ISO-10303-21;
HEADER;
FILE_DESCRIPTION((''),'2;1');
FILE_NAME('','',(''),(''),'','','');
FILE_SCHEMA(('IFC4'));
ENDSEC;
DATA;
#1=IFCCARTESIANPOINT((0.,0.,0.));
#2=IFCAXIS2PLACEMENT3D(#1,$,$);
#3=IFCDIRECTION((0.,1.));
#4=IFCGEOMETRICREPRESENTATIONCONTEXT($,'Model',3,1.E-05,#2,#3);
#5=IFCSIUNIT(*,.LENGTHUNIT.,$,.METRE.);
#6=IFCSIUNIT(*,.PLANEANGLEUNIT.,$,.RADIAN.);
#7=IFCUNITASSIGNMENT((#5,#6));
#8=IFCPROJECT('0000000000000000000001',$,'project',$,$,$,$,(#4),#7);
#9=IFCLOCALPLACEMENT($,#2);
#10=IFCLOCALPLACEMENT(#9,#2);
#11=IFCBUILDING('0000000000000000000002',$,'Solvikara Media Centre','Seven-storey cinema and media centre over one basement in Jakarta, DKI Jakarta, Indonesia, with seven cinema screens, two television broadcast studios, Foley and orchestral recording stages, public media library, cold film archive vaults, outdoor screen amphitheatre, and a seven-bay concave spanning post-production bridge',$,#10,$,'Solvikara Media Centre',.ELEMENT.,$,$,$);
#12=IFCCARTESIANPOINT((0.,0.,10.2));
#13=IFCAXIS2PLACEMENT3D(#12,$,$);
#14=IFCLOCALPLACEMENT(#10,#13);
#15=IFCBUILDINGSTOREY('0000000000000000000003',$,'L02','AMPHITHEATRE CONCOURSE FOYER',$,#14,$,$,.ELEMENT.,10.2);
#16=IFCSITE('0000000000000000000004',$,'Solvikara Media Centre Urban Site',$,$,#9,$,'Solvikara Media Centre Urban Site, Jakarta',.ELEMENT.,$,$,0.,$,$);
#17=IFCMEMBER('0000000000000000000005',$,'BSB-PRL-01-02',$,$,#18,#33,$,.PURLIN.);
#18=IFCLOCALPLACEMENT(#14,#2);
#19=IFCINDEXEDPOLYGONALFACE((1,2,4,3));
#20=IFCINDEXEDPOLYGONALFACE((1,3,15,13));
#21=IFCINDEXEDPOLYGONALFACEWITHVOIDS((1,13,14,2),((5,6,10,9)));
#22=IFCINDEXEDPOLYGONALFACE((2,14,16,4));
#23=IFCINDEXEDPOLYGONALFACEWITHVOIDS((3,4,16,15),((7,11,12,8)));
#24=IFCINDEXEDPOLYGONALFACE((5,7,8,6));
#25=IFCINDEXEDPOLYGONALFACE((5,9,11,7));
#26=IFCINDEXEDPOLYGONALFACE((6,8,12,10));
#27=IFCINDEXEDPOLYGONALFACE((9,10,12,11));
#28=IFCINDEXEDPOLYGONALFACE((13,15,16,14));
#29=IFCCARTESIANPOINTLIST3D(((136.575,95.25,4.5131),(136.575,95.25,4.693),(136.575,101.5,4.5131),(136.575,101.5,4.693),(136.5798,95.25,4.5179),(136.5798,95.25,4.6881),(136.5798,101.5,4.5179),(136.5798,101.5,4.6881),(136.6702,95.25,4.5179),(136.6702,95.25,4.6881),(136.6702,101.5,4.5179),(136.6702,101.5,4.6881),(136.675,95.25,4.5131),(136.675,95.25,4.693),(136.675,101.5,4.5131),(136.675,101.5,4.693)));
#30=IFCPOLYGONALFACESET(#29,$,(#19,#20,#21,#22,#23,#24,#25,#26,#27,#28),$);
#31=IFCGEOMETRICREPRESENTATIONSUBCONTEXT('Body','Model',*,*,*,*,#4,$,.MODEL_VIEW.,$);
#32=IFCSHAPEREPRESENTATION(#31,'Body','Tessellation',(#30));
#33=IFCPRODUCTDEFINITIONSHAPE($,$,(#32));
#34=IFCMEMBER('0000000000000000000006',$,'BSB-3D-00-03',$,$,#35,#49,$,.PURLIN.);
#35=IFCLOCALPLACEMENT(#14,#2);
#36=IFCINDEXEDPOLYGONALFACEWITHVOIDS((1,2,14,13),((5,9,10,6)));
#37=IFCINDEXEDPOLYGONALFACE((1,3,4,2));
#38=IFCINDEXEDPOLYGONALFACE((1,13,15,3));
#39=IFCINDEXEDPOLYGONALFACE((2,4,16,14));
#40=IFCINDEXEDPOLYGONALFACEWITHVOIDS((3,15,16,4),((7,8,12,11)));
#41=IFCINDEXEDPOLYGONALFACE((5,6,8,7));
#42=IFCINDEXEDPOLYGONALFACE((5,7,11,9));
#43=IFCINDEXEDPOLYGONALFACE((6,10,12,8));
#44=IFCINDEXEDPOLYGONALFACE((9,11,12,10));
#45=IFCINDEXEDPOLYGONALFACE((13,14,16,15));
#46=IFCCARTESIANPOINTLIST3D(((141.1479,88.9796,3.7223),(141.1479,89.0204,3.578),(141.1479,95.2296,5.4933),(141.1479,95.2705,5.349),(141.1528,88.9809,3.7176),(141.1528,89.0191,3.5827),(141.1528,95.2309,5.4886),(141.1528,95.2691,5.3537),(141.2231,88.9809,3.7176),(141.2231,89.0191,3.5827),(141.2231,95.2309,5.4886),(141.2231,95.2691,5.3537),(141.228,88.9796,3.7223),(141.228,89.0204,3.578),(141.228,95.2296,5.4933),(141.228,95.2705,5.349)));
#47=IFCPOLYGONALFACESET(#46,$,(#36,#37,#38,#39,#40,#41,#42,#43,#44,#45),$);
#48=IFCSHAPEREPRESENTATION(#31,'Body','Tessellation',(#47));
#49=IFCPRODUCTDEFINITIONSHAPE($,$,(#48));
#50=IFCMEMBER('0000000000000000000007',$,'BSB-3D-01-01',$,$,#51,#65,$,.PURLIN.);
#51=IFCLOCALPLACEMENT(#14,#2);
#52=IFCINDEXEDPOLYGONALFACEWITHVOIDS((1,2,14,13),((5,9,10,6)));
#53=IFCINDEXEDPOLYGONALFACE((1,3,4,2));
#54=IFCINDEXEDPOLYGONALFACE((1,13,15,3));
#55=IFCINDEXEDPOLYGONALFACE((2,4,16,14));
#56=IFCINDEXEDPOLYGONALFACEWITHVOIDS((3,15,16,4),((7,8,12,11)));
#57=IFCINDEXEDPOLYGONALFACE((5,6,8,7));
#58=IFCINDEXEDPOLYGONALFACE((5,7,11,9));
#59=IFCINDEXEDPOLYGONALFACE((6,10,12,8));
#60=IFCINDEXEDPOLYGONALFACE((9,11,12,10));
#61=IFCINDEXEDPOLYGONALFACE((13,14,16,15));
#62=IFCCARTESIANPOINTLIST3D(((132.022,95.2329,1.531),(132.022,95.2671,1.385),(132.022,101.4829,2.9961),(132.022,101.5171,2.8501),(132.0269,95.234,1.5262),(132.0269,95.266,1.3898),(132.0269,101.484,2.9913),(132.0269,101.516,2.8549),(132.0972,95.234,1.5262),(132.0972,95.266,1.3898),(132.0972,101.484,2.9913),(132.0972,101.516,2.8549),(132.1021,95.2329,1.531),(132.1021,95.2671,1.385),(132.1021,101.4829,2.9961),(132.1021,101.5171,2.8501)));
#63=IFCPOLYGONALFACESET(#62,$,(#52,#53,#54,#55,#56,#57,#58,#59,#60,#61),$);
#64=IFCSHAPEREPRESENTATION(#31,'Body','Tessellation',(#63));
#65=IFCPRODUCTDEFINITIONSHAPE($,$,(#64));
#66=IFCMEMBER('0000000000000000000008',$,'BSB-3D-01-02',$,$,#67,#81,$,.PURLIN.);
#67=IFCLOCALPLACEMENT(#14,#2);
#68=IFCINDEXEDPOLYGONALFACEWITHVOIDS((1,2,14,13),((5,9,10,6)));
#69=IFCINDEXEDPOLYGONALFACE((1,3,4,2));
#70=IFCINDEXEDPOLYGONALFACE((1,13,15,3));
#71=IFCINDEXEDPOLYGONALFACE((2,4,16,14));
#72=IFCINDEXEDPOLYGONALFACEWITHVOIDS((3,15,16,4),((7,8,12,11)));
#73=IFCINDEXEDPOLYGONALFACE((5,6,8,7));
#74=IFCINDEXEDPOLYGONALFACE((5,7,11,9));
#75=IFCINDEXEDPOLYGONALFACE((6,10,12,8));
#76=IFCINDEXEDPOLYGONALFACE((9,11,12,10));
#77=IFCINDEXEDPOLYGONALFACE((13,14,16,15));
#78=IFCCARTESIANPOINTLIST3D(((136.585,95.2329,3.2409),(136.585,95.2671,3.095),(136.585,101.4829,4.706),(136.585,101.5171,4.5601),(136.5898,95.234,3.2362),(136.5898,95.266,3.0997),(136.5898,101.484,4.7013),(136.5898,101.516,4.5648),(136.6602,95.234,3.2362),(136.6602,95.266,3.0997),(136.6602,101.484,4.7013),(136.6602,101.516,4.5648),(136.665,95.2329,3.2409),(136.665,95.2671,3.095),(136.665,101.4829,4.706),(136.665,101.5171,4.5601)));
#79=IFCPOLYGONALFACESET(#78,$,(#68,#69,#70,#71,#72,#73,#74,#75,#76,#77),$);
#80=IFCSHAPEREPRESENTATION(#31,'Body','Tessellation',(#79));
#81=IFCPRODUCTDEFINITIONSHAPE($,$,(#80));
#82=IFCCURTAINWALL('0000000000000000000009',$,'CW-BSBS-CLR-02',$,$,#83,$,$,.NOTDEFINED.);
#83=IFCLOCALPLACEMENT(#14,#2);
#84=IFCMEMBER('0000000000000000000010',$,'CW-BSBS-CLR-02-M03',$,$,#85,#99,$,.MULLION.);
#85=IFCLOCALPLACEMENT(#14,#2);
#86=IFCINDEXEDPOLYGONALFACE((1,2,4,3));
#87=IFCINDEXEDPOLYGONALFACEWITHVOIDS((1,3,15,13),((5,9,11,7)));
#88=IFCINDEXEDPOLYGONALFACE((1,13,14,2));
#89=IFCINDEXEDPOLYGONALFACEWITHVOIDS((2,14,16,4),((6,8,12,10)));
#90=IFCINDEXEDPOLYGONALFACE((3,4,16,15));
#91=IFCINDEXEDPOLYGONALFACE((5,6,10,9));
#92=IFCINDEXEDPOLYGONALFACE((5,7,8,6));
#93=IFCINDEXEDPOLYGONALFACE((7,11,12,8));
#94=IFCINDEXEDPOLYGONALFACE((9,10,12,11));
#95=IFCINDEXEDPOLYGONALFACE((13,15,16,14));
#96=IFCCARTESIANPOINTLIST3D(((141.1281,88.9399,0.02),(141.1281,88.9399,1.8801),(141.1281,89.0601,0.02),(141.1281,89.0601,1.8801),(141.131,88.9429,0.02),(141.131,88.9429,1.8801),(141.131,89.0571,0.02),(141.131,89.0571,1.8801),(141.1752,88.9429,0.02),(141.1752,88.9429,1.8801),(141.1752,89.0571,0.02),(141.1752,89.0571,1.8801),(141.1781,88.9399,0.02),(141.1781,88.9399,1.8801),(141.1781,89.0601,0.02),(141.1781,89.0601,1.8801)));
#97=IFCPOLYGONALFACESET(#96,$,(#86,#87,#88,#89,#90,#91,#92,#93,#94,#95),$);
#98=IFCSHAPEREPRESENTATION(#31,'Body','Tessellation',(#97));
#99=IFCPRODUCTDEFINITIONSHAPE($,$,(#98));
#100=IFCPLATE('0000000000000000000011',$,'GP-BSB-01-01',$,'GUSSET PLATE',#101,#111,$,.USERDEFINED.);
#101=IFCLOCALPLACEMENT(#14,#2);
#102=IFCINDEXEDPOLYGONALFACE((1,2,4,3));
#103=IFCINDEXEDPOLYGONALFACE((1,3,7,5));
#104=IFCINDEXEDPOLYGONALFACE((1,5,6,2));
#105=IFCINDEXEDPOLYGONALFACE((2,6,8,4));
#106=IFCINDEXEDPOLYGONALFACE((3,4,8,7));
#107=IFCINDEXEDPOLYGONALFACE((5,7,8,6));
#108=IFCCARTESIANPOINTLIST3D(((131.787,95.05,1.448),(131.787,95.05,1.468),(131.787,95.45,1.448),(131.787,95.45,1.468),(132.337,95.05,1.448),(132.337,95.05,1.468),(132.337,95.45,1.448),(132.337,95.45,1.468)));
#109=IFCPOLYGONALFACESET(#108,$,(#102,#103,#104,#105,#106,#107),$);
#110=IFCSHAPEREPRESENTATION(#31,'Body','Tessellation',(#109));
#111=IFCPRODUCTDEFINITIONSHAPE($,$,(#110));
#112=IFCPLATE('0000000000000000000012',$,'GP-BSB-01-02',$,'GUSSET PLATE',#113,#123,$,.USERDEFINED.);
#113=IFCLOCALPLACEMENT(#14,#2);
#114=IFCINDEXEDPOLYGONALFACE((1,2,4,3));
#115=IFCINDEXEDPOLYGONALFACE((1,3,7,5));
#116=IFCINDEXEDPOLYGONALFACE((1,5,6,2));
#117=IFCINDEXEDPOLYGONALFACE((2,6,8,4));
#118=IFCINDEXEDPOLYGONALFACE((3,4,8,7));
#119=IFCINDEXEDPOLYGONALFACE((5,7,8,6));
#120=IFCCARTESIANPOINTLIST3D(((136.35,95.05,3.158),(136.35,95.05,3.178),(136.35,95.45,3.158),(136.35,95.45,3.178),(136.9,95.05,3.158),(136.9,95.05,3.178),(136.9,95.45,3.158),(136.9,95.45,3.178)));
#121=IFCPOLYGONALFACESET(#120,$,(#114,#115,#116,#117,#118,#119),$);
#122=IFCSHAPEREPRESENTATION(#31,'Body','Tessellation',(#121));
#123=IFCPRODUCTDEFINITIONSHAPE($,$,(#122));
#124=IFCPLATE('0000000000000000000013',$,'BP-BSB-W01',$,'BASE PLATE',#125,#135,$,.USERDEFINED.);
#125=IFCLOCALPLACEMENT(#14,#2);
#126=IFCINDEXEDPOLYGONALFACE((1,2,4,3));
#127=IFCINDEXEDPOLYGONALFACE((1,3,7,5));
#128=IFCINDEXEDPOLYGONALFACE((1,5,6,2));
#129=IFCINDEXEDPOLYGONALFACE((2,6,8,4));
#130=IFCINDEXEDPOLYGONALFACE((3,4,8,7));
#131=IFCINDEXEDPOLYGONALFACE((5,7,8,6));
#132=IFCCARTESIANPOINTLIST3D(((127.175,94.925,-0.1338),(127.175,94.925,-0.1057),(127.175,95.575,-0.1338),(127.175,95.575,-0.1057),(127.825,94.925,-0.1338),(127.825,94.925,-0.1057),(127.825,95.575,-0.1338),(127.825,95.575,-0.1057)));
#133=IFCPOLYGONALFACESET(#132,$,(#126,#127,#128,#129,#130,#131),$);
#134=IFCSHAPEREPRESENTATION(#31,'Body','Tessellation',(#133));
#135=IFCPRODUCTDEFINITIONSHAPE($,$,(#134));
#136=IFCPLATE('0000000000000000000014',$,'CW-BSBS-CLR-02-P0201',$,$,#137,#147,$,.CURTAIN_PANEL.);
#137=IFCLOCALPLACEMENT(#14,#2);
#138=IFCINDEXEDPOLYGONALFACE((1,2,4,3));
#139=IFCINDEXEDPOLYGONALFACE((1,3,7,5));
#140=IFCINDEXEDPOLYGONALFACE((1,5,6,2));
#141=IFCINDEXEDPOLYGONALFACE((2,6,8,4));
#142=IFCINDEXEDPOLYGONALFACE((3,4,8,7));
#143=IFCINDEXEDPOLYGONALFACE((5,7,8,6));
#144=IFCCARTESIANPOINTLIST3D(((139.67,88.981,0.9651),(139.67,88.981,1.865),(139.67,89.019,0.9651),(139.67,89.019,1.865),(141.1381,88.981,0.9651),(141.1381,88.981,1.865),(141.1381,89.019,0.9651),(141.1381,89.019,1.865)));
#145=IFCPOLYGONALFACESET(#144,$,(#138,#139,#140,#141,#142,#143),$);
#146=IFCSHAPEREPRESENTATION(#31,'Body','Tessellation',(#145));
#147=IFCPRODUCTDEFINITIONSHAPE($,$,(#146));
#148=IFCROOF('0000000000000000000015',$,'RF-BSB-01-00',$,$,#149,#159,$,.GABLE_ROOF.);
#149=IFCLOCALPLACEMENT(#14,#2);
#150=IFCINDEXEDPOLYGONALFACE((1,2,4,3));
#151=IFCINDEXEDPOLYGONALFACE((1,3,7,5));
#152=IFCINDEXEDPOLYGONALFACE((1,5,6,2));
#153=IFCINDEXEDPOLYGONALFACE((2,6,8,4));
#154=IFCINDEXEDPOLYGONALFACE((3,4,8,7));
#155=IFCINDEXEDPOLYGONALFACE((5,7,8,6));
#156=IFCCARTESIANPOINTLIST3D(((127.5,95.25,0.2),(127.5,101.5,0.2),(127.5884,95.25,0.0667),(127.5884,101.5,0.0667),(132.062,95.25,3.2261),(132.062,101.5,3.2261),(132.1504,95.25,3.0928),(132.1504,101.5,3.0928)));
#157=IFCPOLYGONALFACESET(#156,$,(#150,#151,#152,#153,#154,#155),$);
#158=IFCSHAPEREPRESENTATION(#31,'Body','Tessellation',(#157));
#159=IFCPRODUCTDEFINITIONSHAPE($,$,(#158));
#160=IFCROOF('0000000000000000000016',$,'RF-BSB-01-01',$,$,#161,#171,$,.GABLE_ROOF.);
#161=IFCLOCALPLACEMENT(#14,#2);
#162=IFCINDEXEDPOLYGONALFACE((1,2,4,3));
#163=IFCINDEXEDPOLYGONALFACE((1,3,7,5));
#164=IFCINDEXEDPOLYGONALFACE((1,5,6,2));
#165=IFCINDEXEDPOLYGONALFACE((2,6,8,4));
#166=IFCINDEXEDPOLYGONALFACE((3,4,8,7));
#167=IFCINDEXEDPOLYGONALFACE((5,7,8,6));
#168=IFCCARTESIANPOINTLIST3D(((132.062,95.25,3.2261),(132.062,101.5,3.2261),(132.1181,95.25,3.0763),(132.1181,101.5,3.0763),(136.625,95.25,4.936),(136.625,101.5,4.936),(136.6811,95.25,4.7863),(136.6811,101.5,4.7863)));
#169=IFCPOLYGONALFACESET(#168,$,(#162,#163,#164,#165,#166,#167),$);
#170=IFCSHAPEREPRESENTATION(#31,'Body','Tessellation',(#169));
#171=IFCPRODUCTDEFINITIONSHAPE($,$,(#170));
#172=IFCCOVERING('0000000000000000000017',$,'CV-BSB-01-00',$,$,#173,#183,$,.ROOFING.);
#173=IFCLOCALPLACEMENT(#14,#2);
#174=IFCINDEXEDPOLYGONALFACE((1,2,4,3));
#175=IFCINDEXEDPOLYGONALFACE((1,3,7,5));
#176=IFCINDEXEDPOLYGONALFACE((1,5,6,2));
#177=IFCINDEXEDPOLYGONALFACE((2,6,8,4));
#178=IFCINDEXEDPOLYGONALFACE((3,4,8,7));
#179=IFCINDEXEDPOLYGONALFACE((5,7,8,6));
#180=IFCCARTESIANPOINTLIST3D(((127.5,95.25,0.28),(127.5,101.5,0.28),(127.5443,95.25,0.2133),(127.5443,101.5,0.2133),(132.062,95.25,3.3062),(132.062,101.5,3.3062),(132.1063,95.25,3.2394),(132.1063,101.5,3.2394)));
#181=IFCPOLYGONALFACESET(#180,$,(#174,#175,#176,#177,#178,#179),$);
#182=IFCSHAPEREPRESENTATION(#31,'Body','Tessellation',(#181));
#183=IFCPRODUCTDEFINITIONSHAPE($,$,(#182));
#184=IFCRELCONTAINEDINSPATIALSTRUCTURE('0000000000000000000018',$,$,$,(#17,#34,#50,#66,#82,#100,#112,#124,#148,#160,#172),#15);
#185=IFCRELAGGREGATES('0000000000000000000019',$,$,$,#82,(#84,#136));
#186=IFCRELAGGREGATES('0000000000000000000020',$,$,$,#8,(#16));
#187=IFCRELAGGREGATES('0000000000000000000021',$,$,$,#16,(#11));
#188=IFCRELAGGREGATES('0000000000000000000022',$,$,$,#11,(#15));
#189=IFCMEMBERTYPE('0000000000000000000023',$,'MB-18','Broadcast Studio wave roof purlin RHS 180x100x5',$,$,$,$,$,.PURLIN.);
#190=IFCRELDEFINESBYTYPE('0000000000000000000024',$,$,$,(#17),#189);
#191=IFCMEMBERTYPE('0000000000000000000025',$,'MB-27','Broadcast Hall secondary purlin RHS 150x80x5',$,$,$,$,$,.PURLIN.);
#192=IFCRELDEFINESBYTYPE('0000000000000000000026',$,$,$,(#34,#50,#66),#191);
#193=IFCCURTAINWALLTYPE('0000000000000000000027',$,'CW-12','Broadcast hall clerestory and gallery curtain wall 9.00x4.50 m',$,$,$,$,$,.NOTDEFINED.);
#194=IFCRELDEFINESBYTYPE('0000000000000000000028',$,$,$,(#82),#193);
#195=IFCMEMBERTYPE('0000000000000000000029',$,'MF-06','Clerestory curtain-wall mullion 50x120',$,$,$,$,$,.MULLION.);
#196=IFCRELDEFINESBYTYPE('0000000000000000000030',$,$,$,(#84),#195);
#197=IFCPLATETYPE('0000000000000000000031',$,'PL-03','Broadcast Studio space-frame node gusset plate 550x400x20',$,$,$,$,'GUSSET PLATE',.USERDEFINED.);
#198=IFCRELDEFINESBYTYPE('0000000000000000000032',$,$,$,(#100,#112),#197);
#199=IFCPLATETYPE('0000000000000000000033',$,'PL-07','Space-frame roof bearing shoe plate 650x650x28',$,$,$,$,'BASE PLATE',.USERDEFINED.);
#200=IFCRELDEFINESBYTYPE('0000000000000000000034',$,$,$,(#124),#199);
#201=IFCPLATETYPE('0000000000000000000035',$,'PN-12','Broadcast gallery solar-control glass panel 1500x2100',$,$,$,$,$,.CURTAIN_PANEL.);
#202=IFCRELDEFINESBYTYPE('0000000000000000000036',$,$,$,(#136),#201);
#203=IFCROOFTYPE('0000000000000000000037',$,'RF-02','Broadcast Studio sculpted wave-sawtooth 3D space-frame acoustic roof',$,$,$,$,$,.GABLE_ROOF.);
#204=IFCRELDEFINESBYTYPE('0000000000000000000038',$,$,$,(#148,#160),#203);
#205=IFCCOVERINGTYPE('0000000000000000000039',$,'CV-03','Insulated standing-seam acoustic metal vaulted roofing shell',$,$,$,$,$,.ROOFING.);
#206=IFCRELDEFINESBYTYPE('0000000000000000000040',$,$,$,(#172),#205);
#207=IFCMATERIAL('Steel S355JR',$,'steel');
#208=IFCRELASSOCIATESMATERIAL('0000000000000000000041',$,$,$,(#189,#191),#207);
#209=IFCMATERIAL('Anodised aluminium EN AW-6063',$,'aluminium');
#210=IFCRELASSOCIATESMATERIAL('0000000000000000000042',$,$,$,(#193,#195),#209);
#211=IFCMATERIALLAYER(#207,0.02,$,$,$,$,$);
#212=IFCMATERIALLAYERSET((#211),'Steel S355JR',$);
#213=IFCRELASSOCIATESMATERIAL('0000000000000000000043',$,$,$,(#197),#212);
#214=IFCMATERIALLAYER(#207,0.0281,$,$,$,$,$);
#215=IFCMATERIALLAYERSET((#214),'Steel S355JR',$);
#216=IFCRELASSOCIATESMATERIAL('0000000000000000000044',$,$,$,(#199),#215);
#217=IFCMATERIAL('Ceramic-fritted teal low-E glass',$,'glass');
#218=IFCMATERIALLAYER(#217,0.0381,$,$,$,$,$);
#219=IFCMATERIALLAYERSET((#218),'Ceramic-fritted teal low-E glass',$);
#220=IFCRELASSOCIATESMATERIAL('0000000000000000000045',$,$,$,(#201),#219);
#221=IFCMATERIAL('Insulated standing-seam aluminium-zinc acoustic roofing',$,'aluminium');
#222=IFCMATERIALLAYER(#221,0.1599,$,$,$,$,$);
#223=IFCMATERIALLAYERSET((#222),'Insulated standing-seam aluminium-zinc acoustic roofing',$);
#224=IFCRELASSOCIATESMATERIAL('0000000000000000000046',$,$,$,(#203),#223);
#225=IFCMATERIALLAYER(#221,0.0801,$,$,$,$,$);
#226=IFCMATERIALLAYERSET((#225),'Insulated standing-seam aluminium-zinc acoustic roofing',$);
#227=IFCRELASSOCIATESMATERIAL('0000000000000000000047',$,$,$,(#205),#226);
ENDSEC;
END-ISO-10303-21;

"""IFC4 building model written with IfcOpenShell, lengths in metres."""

from ifc_helpers import new_model, si_unit, direction, frame, origin, origin_2d, place, context, subcontext, project, spatial, polyline, rectangle, hollow_rectangle, outline, extrude, material, layer, layer_set, material_profile, profile_set, type_object, element, aggregate, save


model = new_model("IFC4")

# Units and contexts
model_context = context("Model", 3, precision=1e-05, world=origin(), true_north=direction((0.0, 1.0)))
body_context = subcontext(model_context, "Body", "Model", "MODEL_VIEW")
ifc_project = project(units=[si_unit("LENGTHUNIT", "METRE"), si_unit("PLANEANGLEUNIT", "RADIAN")], contexts=[model_context])

# Site, building, storey
site_placement = place(None, origin())
site = spatial("IfcSite", under=ifc_project, at=site_placement, Name="Solvikara Media Centre Urban Site", LongName="Solvikara Media Centre Urban Site, Jakarta", CompositionType="ELEMENT", RefElevation=0.0)
building_placement = place(site_placement, origin())
building = spatial("IfcBuilding", under=site, at=building_placement, Name="Solvikara Media Centre", Description="Seven-storey cinema and media centre over one basement in Jakarta, DKI Jakarta, Indonesia, with seven cinema screens, two television broadcast studios, Foley and orchestral recording stages, public media library, cold film archive vaults, outdoor screen amphitheatre, and a seven-bay concave spanning post-production bridge", LongName="Solvikara Media Centre", CompositionType="ELEMENT")
storey_placement = place(building_placement, frame((0.0, 0.0, 10.2)))
storey = spatial("IfcBuildingStorey", under=building, at=storey_placement, Name="L02", Description="AMPHITHEATRE CONCOURSE FOYER", CompositionType="ELEMENT", Elevation=10.2)

# Members
ifc_material_1 = material(Name="Steel S355JR", Category="steel")
ifc_material_profile_1 = material_profile(ifc_material_1, hollow_rectangle(XDim=0.1001, YDim=0.1799, WallThickness=0.0049, at=origin_2d()), Name="RHS 180x100x5")
ifc_profile_set_1 = profile_set([ifc_material_profile_1], Name="Steel S355JR")
member_type_1 = type_object("IfcMemberType", Name="MB-18", Description="Broadcast Studio wave roof purlin RHS 180x100x5", PredefinedType="PURLIN", material=ifc_profile_set_1)
for number, where, z_axis, x_axis, name in (
    (1, (136.625, 95.25, 4.603), (0.0, 1.0, 0.0), (-1.0, 0.0, 0.0), "BSB-PRL-01-02"),
):
    element("IfcMember", number, at=place(storey_placement, frame(where, z_axis=z_axis, x_axis=x_axis)), inside=storey, type_object=member_type_1, Name=name, PredefinedType="PURLIN", context=body_context, shape_type="SweptSolid", body=[
        extrude(hollow_rectangle(XDim=0.1001, YDim=0.1799, WallThickness=0.0049, at=origin_2d()), origin(), (0.0, 0.0, 1.0), 6.25),
    ])
ifc_material_profile_2 = material_profile(ifc_material_1, hollow_rectangle(XDim=0.0801, YDim=0.1499, WallThickness=0.0049, at=origin_2d()), Name="RHS 150x80x5")
ifc_profile_set_2 = profile_set([ifc_material_profile_2], Name="Steel S355JR")
member_type_2 = type_object("IfcMemberType", Name="MB-27", Description="Broadcast Hall secondary purlin RHS 150x80x5", PredefinedType="PURLIN", material=ifc_profile_set_2)
member_1_placement = place(storey_placement, frame((141.188, 89.0, 3.6501), z_axis=(0.0, 0.96212, 0.272626), x_axis=(-1.0, 0.0, 0.0)))
element("IfcMember", 2, at=member_1_placement, inside=storey, type_object=member_type_2, Name="BSB-3D-00-03", PredefinedType="PURLIN", context=body_context, shape_type="SweptSolid", body=[
    extrude(hollow_rectangle(XDim=0.0801, YDim=0.1499, WallThickness=0.0049, at=origin_2d()), origin(), (0.0, 0.0, 1.0), 6.4961),
])
for number, where, z_axis, x_axis, name in (
    (3, (132.062, 95.25, 1.458), (0.0, 0.973608, 0.228227), (-1.0, 0.0, 0.0), "BSB-3D-01-01"),
    (4, (136.625, 95.25, 3.168), (0.0, 0.973608, 0.228227), (-1.0, 0.0, 0.0), "BSB-3D-01-02"),
):
    element("IfcMember", number, at=place(storey_placement, frame(where, z_axis=z_axis, x_axis=x_axis)), inside=storey, type_object=member_type_2, Name=name, PredefinedType="PURLIN", context=body_context, shape_type="SweptSolid", body=[
        extrude(hollow_rectangle(XDim=0.0801, YDim=0.1499, WallThickness=0.0049, at=origin_2d()), origin(), (0.0, 0.0, 1.0), 6.4194),
    ])

# Curtain wall, member
ifc_material_2 = material(Name="Anodised aluminium EN AW-6063", Category="aluminium")
curtain_wall_type = type_object("IfcCurtainWallType", Name="CW-12", Description="Broadcast hall clerestory and gallery curtain wall 9.00x4.50 m", PredefinedType="NOTDEFINED", material=ifc_material_2)
curtain_wall_placement = place(storey_placement, origin())
curtain_wall = element("IfcCurtainWall", 5, at=curtain_wall_placement, inside=storey, type_object=curtain_wall_type, Name="CW-BSBS-CLR-02", PredefinedType="NOTDEFINED")
ifc_material_profile_3 = material_profile(ifc_material_2, hollow_rectangle(XDim=0.05, YDim=0.1201, WallThickness=0.0029, at=origin_2d()), Name="ALU-M 50x120x3")
ifc_profile_set_3 = profile_set([ifc_material_profile_3], Name="Anodised aluminium EN AW-6063")
member_type_3 = type_object("IfcMemberType", Name="MF-06", Description="Clerestory curtain-wall mullion 50x120", PredefinedType="MULLION", material=ifc_profile_set_3)
member_2_placement = place(storey_placement, frame((141.1531, 89.0, 0.02), z_axis=(0.0, 0.0, 1.0), x_axis=(1.0, 0.0, 0.0)))
member_2 = element("IfcMember", 6, at=member_2_placement, type_object=member_type_3, Name="CW-BSBS-CLR-02-M03", PredefinedType="MULLION", context=body_context, shape_type="SweptSolid", body=[
    extrude(hollow_rectangle(XDim=0.05, YDim=0.1201, WallThickness=0.0029, at=origin_2d()), origin(), (0.0, 0.0, 1.0), 1.8601),
])

# Plates
ifc_layer_1 = layer(ifc_material_1, 0.02)
ifc_layer_set_1 = layer_set([ifc_layer_1], Name="Steel S355JR")
plate_type_1 = type_object("IfcPlateType", Name="PL-03", Description="Broadcast Studio space-frame node gusset plate 550x400x20", ElementType="GUSSET PLATE", PredefinedType="USERDEFINED", material=ifc_layer_set_1)
for number, where, z_axis, x_axis, name in (
    (7, (132.062, 95.25, 1.448), (0.0, 0.0, 1.0), (1.0, 0.0, 0.0), "GP-BSB-01-01"),
    (8, (136.625, 95.25, 3.158), (0.0, 0.0, 1.0), (1.0, 0.0, 0.0), "GP-BSB-01-02"),
):
    element("IfcPlate", number, at=place(storey_placement, frame(where, z_axis=z_axis, x_axis=x_axis)), inside=storey, type_object=plate_type_1, Name=name, ObjectType="GUSSET PLATE", PredefinedType="USERDEFINED", context=body_context, shape_type="SweptSolid", body=[
        extrude(rectangle(XDim=0.55, YDim=0.3999, at=origin_2d()), origin(), (0.0, 0.0, 1.0), 0.02),
    ])
ifc_layer_2 = layer(ifc_material_1, 0.0281)
ifc_layer_set_2 = layer_set([ifc_layer_2], Name="Steel S355JR")
plate_type_2 = type_object("IfcPlateType", Name="PL-07", Description="Space-frame roof bearing shoe plate 650x650x28", ElementType="BASE PLATE", PredefinedType="USERDEFINED", material=ifc_layer_set_2)
plate_1_placement = place(storey_placement, frame((127.5, 95.25, -0.1338), z_axis=(0.0, 0.0, 1.0), x_axis=(1.0, 0.0, 0.0)))
element("IfcPlate", 9, at=plate_1_placement, inside=storey, type_object=plate_type_2, Name="BP-BSB-W01", ObjectType="BASE PLATE", PredefinedType="USERDEFINED", context=body_context, shape_type="SweptSolid", body=[
    extrude(rectangle(XDim=0.6499, YDim=0.6499, at=origin_2d()), origin(), (0.0, 0.0, 1.0), 0.0281),
])

# Plate
ifc_material_3 = material(Name="Ceramic-fritted teal low-E glass", Category="glass")
ifc_layer_3 = layer(ifc_material_3, 0.0381)
ifc_layer_set_3 = layer_set([ifc_layer_3], Name="Ceramic-fritted teal low-E glass")
plate_type_3 = type_object("IfcPlateType", Name="PN-12", Description="Broadcast gallery solar-control glass panel 1500x2100", PredefinedType="CURTAIN_PANEL", material=ifc_layer_set_3)
plate_2_placement = place(storey_placement, frame((140.4041, 89.0, 0.9651), z_axis=(0.0, 0.0, 1.0), x_axis=(1.0, 0.0, 0.0)))
plate_2 = element("IfcPlate", 10, at=plate_2_placement, type_object=plate_type_3, Name="CW-BSBS-CLR-02-P0201", PredefinedType="CURTAIN_PANEL", context=body_context, shape_type="SweptSolid", body=[
    extrude(rectangle(XDim=1.468, YDim=0.0381, at=origin_2d()), origin(), (0.0, 0.0, 1.0), 0.8999),
])
aggregate(curtain_wall, [member_2, plate_2])

# Roofs
ifc_material_4 = material(Name="Insulated standing-seam aluminium-zinc acoustic roofing", Category="aluminium")
ifc_layer_4 = layer(ifc_material_4, 0.1599)
ifc_layer_set_4 = layer_set([ifc_layer_4], Name="Insulated standing-seam aluminium-zinc acoustic roofing")
roof_type = type_object("IfcRoofType", Name="RF-02", Description="Broadcast Studio sculpted wave-sawtooth 3D space-frame acoustic roof", PredefinedType="GABLE_ROOF", material=ifc_layer_set_4)
roof_1_placement = place(storey_placement, frame((127.5, 95.25, 0.2), z_axis=(-0.552774, 0.0, 0.833331), x_axis=(0.833331, 0.0, 0.552774)))
element("IfcRoof", 11, at=roof_1_placement, inside=storey, type_object=roof_type, Name="RF-BSB-01-00", PredefinedType="GABLE_ROOF", context=body_context, shape_type="SweptSolid", body=[
    extrude(outline(polyline([(0.0, 0.0), (5.4744, 0.0), (5.4744, 6.25), (0.0, 6.25), (0.0, 0.0)])), origin(), (0.0, 0.0, -1.0), 0.1599),
])
roof_2_placement = place(storey_placement, frame((132.062, 95.25, 3.2261), z_axis=(-0.350915, 0.0, 0.936407), x_axis=(0.936407, 0.0, 0.350915)))
element("IfcRoof", 12, at=roof_2_placement, inside=storey, type_object=roof_type, Name="RF-BSB-01-01", PredefinedType="GABLE_ROOF", context=body_context, shape_type="SweptSolid", body=[
    extrude(outline(polyline([(0.0, 0.0), (4.8729, 0.0), (4.8729, 6.25), (0.0, 6.25), (0.0, 0.0)])), origin(), (0.0, 0.0, -1.0), 0.1599),
])

# Covering
ifc_layer_5 = layer(ifc_material_4, 0.0801)
ifc_layer_set_5 = layer_set([ifc_layer_5], Name="Insulated standing-seam aluminium-zinc acoustic roofing")
covering_type = type_object("IfcCoveringType", Name="CV-03", Description="Insulated standing-seam acoustic metal vaulted roofing shell", PredefinedType="ROOFING", material=ifc_layer_set_5)
covering_1_placement = place(storey_placement, frame((127.5, 95.25, 0.28), z_axis=(-0.552774, 0.0, 0.833331), x_axis=(0.833331, 0.0, 0.552774)))
element("IfcCovering", 13, at=covering_1_placement, inside=storey, type_object=covering_type, Name="CV-BSB-01-00", PredefinedType="ROOFING", context=body_context, shape_type="SweptSolid", body=[
    extrude(outline(polyline([(0.0, 0.0), (5.4744, 0.0), (5.4744, 6.25), (0.0, 6.25), (0.0, 0.0)])), origin(), (0.0, 0.0, -1.0), 0.0801),
])

save(model, "model.ifc")
